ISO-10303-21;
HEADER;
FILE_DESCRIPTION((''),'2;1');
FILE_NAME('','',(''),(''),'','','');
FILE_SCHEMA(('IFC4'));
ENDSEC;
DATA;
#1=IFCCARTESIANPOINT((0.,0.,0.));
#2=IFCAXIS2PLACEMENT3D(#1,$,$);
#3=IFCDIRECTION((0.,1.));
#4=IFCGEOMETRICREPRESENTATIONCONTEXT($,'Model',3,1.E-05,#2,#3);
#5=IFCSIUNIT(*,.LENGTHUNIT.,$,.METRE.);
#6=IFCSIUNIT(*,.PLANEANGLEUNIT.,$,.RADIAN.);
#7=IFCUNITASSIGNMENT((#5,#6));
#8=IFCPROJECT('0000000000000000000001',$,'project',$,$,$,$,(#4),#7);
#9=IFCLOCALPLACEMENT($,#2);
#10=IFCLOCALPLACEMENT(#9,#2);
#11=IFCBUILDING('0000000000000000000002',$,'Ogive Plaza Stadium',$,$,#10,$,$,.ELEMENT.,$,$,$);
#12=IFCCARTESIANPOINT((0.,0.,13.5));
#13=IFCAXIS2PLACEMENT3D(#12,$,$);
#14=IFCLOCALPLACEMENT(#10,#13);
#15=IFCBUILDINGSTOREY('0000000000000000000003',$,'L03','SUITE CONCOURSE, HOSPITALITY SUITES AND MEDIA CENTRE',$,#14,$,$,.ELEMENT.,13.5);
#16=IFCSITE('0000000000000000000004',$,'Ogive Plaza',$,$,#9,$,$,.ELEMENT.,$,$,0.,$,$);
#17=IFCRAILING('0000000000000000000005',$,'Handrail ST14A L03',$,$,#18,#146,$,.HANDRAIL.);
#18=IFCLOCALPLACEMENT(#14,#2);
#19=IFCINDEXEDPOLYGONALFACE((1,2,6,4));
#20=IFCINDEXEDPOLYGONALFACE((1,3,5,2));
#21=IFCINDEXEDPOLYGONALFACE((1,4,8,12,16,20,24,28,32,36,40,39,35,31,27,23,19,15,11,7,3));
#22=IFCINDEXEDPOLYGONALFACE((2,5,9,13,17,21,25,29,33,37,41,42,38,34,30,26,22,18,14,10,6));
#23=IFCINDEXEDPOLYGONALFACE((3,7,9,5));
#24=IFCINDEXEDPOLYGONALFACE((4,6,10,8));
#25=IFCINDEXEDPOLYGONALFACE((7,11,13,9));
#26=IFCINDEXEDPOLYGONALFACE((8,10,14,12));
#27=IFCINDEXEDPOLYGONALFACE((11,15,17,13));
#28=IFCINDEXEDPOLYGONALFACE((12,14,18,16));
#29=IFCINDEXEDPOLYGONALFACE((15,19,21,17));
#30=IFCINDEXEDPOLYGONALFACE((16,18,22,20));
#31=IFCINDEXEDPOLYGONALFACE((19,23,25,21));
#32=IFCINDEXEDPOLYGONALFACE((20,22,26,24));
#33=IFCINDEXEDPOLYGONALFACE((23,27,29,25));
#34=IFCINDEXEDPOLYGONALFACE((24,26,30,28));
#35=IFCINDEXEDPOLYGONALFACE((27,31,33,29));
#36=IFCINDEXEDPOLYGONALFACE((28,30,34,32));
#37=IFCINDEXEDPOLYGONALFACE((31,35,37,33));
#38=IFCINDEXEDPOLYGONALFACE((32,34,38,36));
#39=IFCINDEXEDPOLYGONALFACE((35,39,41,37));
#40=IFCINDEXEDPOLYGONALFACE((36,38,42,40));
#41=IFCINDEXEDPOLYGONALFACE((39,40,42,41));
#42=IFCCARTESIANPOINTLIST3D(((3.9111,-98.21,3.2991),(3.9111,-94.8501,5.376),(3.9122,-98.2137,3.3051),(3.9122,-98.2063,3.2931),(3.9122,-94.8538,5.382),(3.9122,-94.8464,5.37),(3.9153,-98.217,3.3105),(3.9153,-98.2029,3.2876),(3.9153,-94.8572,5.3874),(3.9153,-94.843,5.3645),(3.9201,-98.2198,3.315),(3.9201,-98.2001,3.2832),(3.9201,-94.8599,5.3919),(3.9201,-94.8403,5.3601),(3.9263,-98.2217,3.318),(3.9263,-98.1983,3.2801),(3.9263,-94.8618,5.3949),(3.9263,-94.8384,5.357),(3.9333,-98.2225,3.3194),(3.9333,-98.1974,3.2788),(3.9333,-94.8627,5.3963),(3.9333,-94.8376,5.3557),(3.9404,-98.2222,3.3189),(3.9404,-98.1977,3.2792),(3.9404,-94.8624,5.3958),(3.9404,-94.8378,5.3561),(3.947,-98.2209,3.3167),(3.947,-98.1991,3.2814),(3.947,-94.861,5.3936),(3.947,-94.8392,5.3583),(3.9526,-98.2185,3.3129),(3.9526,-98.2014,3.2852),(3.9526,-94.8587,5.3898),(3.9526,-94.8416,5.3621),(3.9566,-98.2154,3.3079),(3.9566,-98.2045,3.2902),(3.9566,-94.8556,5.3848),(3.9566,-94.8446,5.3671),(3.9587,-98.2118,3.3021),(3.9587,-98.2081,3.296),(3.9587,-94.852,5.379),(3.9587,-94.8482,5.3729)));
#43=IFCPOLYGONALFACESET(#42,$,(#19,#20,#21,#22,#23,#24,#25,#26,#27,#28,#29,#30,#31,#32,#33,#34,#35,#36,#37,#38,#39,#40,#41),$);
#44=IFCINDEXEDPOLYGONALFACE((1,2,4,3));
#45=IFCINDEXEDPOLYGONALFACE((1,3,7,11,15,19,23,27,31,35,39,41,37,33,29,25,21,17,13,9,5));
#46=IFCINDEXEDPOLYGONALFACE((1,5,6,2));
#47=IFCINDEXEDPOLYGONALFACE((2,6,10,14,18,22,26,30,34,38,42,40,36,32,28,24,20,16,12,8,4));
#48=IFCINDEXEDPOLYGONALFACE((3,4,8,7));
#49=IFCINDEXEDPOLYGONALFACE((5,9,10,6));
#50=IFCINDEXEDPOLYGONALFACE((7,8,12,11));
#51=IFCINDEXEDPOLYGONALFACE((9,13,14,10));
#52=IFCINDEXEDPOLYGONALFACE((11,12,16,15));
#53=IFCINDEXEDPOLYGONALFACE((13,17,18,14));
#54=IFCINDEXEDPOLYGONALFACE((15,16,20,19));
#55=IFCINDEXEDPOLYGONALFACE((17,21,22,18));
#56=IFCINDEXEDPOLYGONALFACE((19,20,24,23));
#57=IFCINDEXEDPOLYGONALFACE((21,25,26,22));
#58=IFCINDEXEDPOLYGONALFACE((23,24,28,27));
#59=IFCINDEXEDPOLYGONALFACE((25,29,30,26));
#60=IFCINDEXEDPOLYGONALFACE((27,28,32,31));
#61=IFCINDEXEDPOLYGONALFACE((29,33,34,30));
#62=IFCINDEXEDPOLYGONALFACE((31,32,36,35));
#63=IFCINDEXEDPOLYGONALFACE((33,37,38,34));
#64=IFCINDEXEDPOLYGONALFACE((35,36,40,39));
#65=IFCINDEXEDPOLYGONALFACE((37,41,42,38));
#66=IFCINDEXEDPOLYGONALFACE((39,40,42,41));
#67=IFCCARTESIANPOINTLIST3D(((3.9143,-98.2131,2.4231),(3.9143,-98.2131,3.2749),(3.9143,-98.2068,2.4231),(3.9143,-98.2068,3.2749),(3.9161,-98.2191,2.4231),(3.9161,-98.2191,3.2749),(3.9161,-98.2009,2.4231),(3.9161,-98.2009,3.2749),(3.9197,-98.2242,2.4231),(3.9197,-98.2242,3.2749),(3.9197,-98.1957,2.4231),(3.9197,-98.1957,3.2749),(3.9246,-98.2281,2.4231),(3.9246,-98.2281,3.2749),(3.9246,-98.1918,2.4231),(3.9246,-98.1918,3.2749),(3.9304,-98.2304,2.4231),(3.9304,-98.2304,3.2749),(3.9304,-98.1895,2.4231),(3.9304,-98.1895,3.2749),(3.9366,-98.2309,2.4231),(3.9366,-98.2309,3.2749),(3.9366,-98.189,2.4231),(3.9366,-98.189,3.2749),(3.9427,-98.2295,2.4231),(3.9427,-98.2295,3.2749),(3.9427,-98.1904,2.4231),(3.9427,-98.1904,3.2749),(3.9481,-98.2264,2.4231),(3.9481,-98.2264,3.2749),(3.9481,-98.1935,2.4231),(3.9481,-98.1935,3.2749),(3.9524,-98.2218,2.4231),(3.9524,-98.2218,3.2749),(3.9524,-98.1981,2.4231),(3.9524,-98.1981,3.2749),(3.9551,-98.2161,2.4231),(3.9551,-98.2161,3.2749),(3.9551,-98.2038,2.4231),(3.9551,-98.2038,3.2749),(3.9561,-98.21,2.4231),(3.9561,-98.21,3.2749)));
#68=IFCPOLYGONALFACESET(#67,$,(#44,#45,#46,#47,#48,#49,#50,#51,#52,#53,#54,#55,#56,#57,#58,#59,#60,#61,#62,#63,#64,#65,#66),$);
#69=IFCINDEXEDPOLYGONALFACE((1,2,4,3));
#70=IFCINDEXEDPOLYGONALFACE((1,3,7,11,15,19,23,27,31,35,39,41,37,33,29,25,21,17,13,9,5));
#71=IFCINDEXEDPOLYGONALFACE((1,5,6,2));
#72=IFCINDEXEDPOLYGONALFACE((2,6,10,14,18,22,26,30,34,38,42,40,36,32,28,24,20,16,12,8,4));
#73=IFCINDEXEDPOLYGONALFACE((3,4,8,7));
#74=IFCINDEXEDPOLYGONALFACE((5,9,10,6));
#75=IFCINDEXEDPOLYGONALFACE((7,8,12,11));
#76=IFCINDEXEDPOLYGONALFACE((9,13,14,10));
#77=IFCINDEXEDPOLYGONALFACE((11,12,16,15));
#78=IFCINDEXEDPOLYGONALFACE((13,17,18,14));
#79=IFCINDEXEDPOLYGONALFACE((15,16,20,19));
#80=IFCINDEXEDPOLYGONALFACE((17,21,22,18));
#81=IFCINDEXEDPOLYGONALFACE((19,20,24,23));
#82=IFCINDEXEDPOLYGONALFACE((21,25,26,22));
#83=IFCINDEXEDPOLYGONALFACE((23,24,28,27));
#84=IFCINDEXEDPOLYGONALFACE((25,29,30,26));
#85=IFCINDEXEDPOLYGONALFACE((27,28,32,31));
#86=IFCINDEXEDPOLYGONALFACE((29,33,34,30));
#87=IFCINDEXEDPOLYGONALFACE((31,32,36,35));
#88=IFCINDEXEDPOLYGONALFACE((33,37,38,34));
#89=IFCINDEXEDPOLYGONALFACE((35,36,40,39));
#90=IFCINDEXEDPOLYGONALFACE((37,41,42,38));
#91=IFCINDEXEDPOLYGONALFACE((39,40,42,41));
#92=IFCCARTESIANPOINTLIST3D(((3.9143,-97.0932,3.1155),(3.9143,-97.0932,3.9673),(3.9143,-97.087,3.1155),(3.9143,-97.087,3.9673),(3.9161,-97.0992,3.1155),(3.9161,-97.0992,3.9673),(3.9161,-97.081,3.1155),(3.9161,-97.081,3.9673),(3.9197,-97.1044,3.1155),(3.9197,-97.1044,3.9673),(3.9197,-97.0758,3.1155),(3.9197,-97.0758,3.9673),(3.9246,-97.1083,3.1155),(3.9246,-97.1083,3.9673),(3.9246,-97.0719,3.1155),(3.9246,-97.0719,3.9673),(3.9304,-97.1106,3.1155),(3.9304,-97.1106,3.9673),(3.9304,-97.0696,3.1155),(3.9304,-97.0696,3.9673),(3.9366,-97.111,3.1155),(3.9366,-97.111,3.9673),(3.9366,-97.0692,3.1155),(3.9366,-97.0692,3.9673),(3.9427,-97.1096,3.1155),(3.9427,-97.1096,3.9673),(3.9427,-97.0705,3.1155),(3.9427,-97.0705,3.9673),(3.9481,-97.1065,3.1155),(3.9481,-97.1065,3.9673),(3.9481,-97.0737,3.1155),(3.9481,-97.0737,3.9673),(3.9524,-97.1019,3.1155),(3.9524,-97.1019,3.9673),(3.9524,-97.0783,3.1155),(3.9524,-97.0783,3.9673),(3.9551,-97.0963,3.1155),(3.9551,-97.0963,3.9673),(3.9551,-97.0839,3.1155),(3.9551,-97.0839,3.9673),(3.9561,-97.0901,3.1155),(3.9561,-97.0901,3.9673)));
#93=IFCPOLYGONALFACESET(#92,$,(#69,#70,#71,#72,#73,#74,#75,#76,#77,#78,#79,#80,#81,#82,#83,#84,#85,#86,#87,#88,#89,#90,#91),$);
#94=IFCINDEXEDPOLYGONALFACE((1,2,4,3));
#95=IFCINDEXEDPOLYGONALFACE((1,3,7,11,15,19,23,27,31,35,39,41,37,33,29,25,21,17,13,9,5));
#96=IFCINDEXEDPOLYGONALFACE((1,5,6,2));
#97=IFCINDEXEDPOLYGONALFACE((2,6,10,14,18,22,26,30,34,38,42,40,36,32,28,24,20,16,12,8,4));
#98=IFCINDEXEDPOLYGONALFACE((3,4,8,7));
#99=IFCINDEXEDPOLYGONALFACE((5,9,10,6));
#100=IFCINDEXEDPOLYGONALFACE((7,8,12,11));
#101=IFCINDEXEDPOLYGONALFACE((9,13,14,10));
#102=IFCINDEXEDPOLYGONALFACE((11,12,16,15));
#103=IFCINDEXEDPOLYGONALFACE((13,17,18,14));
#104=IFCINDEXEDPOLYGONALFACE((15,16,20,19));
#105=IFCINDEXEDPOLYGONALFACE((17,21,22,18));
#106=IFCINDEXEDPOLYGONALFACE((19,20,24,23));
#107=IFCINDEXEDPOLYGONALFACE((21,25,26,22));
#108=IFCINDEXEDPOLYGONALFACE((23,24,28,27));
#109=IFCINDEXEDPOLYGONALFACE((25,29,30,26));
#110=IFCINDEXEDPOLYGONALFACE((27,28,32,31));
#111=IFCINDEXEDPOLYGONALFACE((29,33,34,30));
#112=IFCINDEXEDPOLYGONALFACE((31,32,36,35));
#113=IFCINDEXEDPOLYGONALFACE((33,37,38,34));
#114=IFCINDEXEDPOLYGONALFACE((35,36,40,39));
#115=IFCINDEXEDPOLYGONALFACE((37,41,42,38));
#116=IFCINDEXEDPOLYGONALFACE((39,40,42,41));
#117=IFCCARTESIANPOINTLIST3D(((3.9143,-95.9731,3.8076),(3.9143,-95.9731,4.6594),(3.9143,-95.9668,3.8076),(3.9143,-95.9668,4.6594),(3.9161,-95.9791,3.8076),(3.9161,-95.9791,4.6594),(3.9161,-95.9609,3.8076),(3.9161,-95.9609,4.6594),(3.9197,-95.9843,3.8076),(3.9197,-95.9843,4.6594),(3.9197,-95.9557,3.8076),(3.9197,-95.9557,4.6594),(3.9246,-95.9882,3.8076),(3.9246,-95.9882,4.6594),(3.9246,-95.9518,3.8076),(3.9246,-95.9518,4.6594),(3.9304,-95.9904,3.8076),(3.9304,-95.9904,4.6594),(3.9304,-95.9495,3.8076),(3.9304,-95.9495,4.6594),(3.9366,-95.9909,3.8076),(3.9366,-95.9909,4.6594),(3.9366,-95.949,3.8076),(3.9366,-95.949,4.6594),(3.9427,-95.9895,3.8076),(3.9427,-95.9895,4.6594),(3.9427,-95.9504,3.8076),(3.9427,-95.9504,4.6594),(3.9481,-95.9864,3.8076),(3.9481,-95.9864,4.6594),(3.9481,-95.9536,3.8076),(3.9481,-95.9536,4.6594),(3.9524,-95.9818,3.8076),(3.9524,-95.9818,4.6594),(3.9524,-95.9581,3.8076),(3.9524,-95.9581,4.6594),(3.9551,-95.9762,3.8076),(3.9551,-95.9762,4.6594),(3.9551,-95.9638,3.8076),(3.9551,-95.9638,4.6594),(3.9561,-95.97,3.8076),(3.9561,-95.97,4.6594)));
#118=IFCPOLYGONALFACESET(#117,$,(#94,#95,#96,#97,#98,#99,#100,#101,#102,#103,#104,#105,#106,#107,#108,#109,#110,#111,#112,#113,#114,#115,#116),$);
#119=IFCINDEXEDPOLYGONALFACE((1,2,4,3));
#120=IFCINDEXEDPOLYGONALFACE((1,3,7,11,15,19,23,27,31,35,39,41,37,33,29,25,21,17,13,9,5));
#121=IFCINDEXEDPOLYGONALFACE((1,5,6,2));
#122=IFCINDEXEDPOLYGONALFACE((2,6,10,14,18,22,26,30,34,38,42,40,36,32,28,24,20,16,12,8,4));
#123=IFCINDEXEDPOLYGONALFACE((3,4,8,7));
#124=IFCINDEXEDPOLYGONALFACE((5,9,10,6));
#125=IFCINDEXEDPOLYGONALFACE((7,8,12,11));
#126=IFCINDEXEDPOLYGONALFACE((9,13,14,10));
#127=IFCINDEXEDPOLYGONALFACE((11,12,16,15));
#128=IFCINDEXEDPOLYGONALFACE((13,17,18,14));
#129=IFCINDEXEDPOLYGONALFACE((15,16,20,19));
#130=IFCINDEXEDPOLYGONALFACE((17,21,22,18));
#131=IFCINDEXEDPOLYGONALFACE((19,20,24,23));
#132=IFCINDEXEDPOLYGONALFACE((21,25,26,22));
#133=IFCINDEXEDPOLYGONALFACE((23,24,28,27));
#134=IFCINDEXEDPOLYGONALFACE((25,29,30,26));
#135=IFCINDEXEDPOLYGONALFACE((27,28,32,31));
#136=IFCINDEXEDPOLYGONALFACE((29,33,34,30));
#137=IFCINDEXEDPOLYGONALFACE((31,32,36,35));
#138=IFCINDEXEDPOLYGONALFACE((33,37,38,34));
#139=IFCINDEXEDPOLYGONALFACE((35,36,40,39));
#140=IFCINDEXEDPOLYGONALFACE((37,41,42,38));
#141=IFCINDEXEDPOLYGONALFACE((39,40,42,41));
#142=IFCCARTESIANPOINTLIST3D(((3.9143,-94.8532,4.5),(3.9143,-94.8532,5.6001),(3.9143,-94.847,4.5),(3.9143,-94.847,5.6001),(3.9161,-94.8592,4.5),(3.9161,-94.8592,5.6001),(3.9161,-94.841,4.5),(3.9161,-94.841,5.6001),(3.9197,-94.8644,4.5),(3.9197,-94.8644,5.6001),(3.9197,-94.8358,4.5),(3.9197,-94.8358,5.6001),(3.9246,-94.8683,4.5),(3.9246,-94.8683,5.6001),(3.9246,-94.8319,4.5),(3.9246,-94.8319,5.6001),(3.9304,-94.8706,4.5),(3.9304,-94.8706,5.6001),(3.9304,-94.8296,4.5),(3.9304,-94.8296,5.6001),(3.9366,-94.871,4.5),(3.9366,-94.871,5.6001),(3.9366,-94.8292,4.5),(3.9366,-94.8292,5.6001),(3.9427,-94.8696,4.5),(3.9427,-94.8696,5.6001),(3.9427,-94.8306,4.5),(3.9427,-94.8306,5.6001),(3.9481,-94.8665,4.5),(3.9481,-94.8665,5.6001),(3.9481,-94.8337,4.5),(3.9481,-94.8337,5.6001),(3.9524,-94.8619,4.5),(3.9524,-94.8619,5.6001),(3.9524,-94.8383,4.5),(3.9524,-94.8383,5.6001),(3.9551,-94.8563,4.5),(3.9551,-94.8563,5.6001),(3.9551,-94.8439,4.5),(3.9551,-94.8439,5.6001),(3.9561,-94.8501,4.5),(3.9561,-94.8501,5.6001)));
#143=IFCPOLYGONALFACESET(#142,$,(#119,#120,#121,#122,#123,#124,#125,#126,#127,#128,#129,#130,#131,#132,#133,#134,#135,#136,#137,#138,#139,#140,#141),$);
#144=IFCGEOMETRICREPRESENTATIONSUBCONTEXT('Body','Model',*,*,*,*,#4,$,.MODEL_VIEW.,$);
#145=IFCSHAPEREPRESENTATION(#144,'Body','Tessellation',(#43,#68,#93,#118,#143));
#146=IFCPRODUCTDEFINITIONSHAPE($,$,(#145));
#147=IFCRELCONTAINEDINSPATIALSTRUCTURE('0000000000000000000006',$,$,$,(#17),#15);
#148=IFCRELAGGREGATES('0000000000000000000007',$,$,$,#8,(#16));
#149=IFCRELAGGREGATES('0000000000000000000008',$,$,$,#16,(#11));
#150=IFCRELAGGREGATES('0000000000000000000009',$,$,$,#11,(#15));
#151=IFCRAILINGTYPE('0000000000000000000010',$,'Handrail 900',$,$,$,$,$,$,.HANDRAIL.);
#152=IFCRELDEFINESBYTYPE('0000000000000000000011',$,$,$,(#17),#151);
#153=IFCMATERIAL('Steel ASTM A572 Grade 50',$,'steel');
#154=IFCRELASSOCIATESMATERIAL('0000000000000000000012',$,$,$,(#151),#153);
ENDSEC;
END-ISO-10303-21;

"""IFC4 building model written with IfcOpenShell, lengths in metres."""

from ifc_helpers import new_model, si_unit, direction, frame, origin, origin_2d, place, context, subcontext, project, spatial, circle, extrude, material, type_object, element, save


model = new_model("IFC4")

# Units and contexts
model_context = context("Model", 3, precision=1e-05, world=origin(), true_north=direction((0.0, 1.0)))
body_context = subcontext(model_context, "Body", "Model", "MODEL_VIEW")
ifc_project = project(units=[si_unit("LENGTHUNIT", "METRE"), si_unit("PLANEANGLEUNIT", "RADIAN")], contexts=[model_context])

# Site, building, storey
site_placement = place(None, origin())
site = spatial("IfcSite", under=ifc_project, at=site_placement, Name="Ogive Plaza", CompositionType="ELEMENT", RefElevation=0.0)
building_placement = place(site_placement, origin())
building = spatial("IfcBuilding", under=site, at=building_placement, Name="Ogive Plaza Stadium", CompositionType="ELEMENT")
storey_placement = place(building_placement, frame((0.0, 0.0, 13.5)))
storey = spatial("IfcBuildingStorey", under=building, at=storey_placement, Name="L03", Description="SUITE CONCOURSE, HOSPITALITY SUITES AND MEDIA CENTRE", CompositionType="ELEMENT", Elevation=13.5)

# Railing
ifc_material_1 = material(Name="Steel ASTM A572 Grade 50", Category="steel")
railing_type_1 = type_object("IfcRailingType", Name="Handrail 900", PredefinedType="HANDRAIL", material=ifc_material_1)
for number, where, name in (
    (1, (3.9351, -98.21, 2.4231), "Handrail ST14A L03"),
):
    element("IfcRailing", number, at=place(storey_placement, frame(where)), inside=storey, type_object=railing_type_1, Name=name, PredefinedType="HANDRAIL", context=body_context, shape_type="SweptSolid", body=[
        extrude(circle(Radius=0.0239, at=origin_2d()), frame((0.0, 0.0, 0.876), z_axis=(0.0, 0.850606, 0.525803), x_axis=(-1.0, 0.0, 0.0)), (0.0, 0.0, 1.0), 3.95),
        extrude(circle(Radius=0.021, at=origin_2d()), origin(), (0.0, 0.0, 1.0), 0.8518),
        extrude(circle(Radius=0.021, at=origin_2d()), frame((0.0, 1.1199, 0.6924)), (0.0, 0.0, 1.0), 0.8518),
        extrude(circle(Radius=0.021, at=origin_2d()), frame((0.0, 2.24, 1.3845)), (0.0, 0.0, 1.0), 0.8518),
        extrude(circle(Radius=0.021, at=origin_2d()), frame((0.0, 3.3599, 2.0769)), (0.0, 0.0, 1.0), 1.1001),
    ])

save(model, "model.ifc")
